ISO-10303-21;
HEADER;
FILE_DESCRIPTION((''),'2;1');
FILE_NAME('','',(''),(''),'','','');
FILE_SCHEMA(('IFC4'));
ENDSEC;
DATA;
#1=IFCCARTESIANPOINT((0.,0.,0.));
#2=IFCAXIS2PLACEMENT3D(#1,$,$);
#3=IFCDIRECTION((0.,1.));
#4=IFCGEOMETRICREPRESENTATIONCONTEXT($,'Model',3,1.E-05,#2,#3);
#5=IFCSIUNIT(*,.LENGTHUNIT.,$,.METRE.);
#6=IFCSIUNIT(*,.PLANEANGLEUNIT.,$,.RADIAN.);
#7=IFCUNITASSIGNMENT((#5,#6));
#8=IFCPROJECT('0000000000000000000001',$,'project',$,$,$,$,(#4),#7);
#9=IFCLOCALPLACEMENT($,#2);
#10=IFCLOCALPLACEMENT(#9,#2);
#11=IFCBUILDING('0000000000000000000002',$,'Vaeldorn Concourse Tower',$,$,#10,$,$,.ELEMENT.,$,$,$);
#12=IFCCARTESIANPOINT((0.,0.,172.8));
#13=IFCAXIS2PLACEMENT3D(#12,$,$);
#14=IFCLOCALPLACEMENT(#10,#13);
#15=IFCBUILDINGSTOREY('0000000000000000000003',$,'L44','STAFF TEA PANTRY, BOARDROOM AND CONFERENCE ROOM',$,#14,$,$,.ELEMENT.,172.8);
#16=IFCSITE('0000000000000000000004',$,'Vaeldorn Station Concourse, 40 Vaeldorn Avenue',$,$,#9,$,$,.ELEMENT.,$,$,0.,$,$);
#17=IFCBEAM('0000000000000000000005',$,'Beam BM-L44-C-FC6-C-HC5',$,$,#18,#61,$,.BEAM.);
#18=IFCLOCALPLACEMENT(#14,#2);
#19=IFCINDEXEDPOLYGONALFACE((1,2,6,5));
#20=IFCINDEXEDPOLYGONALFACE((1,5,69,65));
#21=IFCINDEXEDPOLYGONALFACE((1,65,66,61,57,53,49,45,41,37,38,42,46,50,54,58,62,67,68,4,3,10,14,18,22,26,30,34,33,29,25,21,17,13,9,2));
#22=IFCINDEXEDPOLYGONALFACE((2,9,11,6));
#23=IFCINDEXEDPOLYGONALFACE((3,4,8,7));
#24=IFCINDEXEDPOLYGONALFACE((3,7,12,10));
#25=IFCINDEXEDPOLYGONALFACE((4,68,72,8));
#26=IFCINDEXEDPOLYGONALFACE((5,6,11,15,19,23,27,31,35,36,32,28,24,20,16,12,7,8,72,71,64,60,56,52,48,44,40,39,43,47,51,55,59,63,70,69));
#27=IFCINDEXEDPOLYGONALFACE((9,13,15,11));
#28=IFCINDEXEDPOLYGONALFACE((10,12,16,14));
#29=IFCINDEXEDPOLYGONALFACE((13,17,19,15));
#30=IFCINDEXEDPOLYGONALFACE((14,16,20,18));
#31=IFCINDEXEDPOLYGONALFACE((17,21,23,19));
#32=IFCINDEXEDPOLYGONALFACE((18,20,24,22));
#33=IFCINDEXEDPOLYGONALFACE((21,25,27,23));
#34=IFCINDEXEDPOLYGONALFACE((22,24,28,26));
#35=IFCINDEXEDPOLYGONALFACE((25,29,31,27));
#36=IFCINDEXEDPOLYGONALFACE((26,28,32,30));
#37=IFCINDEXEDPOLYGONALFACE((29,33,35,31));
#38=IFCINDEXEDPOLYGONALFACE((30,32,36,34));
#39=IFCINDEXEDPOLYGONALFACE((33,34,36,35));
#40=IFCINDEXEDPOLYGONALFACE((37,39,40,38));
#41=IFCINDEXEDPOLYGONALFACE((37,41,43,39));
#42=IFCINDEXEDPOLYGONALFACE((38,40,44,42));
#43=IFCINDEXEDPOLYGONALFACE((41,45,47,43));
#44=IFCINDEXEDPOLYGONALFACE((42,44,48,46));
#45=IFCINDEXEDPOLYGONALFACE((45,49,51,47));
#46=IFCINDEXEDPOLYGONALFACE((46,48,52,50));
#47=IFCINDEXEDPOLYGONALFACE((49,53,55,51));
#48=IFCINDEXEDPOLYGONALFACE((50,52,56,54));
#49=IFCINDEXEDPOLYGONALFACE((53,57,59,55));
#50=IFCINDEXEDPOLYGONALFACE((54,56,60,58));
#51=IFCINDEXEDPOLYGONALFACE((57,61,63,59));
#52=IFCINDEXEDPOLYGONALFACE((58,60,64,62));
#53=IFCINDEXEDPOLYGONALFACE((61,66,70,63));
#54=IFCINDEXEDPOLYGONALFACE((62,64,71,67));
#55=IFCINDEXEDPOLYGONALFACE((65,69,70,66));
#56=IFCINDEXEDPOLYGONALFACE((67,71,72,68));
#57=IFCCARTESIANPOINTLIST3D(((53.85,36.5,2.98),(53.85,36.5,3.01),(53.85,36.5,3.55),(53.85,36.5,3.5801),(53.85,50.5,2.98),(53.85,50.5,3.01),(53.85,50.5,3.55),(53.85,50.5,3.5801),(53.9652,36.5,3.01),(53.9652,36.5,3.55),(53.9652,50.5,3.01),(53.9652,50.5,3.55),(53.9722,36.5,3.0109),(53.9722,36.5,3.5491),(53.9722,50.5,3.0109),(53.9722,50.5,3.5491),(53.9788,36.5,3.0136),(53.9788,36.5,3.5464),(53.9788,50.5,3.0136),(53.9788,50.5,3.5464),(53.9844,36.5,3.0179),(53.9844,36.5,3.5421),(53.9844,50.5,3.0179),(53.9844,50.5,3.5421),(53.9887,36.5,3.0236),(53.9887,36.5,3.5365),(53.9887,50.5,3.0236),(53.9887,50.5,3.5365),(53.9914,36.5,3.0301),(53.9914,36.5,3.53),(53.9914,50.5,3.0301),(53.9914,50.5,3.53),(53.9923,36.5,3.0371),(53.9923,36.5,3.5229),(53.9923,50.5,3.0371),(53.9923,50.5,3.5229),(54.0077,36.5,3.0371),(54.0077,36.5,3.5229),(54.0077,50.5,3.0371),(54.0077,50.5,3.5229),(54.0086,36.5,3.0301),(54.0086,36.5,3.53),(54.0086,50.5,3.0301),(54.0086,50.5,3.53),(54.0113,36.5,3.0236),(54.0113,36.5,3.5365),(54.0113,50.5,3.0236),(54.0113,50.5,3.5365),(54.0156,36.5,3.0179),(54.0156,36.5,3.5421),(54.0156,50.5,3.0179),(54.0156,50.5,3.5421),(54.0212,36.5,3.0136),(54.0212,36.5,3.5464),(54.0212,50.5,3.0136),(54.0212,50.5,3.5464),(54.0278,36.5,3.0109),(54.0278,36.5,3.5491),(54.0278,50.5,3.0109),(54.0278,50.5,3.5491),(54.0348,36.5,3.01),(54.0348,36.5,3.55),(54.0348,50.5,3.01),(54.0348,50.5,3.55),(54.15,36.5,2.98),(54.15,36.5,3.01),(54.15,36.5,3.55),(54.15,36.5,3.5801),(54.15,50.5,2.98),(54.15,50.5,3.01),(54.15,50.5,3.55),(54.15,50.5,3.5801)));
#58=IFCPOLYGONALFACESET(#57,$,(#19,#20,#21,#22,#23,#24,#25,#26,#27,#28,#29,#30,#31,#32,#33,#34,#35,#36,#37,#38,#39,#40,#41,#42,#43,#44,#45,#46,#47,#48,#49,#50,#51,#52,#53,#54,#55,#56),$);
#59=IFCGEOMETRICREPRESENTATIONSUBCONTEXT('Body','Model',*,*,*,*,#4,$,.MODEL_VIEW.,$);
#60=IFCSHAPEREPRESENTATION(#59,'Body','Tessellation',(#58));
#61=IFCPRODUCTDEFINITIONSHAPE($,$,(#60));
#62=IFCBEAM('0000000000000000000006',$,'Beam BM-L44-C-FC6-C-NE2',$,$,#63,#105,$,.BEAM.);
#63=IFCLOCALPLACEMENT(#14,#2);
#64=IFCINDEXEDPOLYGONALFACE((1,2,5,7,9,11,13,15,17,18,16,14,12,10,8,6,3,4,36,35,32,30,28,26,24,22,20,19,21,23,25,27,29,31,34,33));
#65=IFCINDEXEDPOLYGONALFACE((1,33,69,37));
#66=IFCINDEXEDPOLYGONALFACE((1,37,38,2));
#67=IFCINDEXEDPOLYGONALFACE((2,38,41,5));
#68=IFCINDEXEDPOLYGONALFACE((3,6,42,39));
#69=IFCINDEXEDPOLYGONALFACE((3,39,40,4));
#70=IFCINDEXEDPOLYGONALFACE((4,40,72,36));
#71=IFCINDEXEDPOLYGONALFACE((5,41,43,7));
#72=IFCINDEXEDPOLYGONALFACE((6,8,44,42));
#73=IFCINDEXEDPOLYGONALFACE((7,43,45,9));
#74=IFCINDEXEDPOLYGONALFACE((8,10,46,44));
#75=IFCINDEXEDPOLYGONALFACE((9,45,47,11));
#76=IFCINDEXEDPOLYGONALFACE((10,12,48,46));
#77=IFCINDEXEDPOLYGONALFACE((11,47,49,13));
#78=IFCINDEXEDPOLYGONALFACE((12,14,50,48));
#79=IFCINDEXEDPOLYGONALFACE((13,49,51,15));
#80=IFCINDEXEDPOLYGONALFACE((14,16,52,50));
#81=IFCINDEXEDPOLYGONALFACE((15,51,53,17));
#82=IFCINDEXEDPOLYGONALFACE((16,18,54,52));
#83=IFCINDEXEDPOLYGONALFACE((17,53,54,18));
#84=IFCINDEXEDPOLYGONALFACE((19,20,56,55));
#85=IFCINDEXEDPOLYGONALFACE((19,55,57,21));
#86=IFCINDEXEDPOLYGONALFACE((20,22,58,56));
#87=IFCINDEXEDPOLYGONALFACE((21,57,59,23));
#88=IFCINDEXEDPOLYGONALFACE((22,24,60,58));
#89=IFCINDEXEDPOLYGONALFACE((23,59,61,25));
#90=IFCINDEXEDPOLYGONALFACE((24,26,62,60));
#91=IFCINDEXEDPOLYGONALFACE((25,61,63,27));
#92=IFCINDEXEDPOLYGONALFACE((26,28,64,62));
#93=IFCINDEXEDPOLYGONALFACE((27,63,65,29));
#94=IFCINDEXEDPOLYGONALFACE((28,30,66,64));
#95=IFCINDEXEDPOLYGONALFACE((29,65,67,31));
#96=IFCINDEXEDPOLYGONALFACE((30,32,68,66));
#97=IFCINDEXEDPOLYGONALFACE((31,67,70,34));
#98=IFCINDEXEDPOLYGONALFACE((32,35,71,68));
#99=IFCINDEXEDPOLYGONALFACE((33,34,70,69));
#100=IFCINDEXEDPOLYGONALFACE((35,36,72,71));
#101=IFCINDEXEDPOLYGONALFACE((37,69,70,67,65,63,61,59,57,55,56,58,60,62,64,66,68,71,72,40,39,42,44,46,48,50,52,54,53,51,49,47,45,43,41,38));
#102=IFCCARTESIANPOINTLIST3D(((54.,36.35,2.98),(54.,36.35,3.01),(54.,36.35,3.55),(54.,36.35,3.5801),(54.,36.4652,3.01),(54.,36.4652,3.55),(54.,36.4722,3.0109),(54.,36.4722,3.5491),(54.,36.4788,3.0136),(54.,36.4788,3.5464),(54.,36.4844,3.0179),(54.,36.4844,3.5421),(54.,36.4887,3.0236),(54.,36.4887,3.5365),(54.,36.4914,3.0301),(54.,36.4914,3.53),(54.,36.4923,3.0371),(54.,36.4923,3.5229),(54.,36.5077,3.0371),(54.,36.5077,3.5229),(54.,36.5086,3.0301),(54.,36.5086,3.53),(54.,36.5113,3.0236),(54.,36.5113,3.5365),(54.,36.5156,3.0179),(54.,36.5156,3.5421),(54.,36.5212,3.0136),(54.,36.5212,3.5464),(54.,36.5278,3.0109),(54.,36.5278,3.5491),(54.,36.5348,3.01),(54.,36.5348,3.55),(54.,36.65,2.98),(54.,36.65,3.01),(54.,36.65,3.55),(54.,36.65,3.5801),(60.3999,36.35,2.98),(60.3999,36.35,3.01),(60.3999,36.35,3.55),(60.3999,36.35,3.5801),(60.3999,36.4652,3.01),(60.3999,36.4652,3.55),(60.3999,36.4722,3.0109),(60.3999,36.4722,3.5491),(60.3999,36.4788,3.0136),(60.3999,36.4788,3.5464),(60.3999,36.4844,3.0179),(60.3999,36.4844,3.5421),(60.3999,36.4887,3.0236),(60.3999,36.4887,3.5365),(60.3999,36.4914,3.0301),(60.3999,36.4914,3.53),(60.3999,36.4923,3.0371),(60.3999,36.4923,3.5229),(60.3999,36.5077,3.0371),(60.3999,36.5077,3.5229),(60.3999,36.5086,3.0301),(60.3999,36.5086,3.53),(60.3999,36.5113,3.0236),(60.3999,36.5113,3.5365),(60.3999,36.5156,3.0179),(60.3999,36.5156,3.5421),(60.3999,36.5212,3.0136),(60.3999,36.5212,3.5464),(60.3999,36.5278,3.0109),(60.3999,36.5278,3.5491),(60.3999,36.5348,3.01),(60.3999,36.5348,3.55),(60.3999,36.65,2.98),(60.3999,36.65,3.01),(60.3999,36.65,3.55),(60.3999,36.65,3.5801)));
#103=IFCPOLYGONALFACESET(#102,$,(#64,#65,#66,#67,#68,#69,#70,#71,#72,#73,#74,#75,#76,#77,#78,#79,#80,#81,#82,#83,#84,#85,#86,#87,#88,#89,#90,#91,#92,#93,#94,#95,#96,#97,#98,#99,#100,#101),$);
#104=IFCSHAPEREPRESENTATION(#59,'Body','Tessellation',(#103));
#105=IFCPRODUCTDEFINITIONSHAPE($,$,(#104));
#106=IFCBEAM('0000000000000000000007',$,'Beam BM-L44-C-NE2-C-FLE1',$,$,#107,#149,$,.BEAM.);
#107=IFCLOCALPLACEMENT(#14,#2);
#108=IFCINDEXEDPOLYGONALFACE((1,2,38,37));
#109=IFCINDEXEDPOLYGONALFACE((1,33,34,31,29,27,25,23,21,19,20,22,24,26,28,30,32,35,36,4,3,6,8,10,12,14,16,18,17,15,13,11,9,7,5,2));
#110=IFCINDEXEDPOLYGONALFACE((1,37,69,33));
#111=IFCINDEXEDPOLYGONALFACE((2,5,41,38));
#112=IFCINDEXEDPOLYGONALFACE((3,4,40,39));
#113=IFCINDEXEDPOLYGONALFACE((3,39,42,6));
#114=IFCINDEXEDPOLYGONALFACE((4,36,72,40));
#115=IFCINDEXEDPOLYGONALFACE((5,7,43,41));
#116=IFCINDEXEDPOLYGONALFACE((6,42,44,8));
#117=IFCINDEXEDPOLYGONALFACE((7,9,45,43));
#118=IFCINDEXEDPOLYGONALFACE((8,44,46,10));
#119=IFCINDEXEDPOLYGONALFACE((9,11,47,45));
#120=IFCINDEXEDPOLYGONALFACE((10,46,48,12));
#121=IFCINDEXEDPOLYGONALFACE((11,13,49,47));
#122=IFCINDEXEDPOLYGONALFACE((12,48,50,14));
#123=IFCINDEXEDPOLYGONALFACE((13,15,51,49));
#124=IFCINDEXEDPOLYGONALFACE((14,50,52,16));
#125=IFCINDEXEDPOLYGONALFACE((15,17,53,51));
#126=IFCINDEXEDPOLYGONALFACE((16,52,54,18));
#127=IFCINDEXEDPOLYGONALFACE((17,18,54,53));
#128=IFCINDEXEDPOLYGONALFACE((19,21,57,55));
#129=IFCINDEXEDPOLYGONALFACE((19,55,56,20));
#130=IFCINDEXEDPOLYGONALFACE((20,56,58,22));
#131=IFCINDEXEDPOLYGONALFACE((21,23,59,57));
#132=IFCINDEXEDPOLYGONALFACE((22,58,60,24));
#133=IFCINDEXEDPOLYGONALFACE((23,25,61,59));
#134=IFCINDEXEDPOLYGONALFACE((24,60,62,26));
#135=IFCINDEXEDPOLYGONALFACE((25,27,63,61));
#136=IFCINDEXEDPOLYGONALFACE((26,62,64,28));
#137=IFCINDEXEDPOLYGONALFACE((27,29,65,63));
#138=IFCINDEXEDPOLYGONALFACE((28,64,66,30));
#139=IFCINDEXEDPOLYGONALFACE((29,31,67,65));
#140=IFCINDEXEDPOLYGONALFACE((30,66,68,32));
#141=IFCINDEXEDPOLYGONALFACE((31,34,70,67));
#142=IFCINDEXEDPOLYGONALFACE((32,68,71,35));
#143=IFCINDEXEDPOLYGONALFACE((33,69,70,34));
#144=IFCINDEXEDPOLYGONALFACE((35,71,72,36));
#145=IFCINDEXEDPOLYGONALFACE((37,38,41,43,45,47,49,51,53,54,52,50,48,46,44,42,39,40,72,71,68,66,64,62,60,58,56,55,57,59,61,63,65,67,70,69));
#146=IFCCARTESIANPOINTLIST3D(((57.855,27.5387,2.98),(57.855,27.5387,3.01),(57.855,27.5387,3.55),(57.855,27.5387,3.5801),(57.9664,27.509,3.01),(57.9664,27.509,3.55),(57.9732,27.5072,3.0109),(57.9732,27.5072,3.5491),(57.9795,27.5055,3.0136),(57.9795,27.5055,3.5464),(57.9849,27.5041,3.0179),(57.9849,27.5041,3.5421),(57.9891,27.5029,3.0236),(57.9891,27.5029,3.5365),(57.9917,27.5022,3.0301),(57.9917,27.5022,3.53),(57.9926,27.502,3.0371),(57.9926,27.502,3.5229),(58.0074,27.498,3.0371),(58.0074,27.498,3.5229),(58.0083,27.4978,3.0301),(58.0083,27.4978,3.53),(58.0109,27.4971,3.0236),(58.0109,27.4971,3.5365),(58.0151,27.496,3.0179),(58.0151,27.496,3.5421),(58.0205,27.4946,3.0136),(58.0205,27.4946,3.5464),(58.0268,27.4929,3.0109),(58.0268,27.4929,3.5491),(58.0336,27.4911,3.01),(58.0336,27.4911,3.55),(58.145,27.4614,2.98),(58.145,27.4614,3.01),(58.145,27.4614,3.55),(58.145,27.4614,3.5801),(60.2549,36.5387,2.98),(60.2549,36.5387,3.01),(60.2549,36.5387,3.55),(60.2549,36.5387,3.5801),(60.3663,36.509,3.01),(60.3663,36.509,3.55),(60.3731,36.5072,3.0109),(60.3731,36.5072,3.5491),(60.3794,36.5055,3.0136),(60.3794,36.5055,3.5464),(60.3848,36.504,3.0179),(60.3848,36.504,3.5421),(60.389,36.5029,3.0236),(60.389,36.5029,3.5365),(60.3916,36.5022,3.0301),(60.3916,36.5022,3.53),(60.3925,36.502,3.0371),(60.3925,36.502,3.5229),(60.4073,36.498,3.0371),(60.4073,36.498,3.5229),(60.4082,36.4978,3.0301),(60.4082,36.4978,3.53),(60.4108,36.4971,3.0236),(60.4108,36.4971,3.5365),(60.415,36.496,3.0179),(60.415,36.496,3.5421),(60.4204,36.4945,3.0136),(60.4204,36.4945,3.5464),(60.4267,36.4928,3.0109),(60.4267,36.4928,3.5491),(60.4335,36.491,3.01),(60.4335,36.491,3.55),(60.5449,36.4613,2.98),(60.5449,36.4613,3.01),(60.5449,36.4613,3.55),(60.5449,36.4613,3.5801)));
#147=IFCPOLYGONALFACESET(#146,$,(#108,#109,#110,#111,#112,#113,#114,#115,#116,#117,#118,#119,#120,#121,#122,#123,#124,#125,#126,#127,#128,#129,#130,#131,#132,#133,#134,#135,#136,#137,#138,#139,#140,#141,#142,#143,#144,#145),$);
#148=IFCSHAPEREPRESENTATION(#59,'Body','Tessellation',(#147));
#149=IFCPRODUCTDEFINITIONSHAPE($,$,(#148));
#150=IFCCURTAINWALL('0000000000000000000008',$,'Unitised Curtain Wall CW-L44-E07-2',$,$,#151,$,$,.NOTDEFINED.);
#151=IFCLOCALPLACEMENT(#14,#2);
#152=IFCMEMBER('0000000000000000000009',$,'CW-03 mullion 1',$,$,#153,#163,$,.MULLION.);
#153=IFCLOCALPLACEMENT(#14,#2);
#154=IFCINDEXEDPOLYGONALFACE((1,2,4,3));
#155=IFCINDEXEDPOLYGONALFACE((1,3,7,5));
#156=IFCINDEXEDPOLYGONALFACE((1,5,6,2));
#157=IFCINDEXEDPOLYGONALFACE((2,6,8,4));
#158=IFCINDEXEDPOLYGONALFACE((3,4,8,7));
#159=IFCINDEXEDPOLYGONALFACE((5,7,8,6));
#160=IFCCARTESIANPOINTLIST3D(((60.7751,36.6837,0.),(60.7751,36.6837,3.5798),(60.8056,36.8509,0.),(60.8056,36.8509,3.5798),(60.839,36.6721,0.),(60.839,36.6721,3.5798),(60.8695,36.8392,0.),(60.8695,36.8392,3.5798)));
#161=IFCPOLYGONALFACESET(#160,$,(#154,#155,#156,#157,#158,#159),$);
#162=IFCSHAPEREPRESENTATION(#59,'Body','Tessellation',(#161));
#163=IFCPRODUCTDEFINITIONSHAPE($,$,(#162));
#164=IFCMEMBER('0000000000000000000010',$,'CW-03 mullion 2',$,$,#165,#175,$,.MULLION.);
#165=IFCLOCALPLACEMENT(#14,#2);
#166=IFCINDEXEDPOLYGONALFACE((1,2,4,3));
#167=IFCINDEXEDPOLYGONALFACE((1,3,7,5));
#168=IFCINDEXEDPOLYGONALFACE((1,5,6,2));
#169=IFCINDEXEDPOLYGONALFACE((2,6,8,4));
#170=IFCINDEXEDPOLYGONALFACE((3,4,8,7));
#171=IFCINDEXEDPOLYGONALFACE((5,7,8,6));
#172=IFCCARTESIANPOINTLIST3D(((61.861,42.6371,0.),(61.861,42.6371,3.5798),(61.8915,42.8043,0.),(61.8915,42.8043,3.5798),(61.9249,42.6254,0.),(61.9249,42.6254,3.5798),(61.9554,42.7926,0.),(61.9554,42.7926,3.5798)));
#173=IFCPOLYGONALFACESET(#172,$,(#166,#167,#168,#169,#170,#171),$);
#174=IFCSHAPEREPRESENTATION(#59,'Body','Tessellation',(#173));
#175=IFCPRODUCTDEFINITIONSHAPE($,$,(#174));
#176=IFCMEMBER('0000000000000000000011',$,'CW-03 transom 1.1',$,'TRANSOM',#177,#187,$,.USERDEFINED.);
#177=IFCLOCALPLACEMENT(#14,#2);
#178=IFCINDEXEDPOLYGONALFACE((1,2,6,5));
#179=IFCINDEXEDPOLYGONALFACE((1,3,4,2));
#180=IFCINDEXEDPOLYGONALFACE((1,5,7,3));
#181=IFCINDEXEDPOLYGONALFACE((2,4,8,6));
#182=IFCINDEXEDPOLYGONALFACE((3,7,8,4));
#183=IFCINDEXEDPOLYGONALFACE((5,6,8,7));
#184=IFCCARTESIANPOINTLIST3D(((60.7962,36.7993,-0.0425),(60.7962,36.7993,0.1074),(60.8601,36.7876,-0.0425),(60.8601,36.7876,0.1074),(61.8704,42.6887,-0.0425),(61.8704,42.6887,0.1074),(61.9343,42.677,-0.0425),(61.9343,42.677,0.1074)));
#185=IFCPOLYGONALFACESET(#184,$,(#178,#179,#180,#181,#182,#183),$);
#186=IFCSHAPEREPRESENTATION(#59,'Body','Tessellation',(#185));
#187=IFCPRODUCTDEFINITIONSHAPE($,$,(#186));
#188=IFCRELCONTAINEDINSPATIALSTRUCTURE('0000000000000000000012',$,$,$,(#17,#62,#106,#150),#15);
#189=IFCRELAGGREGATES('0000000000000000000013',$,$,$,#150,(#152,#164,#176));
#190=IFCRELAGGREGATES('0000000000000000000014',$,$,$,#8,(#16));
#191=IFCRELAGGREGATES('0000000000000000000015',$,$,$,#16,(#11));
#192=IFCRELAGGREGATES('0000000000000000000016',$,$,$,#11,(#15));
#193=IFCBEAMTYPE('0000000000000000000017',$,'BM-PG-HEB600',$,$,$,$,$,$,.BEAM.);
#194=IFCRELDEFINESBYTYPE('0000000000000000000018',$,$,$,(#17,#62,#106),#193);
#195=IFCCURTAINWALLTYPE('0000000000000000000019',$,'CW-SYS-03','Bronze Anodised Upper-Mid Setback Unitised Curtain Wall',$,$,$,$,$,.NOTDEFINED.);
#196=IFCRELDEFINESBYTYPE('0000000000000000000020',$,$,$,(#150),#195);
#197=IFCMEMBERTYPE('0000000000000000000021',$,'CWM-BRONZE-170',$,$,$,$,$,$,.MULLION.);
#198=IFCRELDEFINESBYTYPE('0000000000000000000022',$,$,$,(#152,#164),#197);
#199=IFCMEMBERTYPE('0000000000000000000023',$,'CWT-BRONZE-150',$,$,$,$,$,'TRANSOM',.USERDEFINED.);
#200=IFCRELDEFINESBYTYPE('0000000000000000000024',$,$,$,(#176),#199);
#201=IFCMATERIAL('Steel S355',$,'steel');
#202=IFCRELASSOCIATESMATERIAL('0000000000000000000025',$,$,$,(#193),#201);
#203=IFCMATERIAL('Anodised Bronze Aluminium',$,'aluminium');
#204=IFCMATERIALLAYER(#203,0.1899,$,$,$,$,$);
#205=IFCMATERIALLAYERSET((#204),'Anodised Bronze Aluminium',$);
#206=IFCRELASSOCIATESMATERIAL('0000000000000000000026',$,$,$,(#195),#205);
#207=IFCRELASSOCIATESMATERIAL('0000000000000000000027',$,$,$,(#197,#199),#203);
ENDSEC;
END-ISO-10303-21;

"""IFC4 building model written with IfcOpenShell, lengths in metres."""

from ifc_helpers import new_model, si_unit, direction, frame, origin, origin_2d, place, context, subcontext, project, spatial, rectangle, i_section, extrude, source, transform, mapped, material, layer, layer_set, material_profile, profile_set, type_object, element, aggregate, save


model = new_model("IFC4")

# Units and contexts
model_context = context("Model", 3, precision=1e-05, world=origin(), true_north=direction((0.0, 1.0)))
body_context = subcontext(model_context, "Body", "Model", "MODEL_VIEW")
ifc_project = project(units=[si_unit("LENGTHUNIT", "METRE"), si_unit("PLANEANGLEUNIT", "RADIAN")], contexts=[model_context])

# Site, building, storey
site_placement = place(None, origin())
site = spatial("IfcSite", under=ifc_project, at=site_placement, Name="Vaeldorn Station Concourse, 40 Vaeldorn Avenue", CompositionType="ELEMENT", RefElevation=0.0)
building_placement = place(site_placement, origin())
building = spatial("IfcBuilding", under=site, at=building_placement, Name="Vaeldorn Concourse Tower", CompositionType="ELEMENT")
storey_placement = place(building_placement, frame((0.0, 0.0, 172.8)))
storey = spatial("IfcBuildingStorey", under=building, at=storey_placement, Name="L44", Description="STAFF TEA PANTRY, BOARDROOM AND CONFERENCE ROOM", CompositionType="ELEMENT", Elevation=172.8)

# Beams
ifc_material_1 = material(Name="Steel S355", Category="steel")
ifc_material_profile_1 = material_profile(ifc_material_1, i_section(OverallWidth=0.3, OverallDepth=0.6001, WebThickness=0.0154, FlangeThickness=0.03, FilletRadius=0.0271, at=origin_2d()), Name="HEB 600")
ifc_profile_set_1 = profile_set([ifc_material_profile_1], Name="Steel S355")
beam_type_1 = type_object("IfcBeamType", Name="BM-PG-HEB600", PredefinedType="BEAM", material=ifc_profile_set_1)
shared_shape_1 = source(origin(), body_context, "Body", "SweptSolid", [
    extrude(i_section(OverallWidth=0.3, OverallDepth=0.6001, WebThickness=0.0154, FlangeThickness=0.03, FilletRadius=0.0271, at=origin_2d()), origin(), (0.0, 0.0, 1.0), 14.0),
])
beam_1_placement = place(storey_placement, frame((54.0, 36.5, 3.28), z_axis=(0.0, 1.0, 0.0), x_axis=(-1.0, 0.0, 0.0)))
element("IfcBeam", 1, at=beam_1_placement, inside=storey, type_object=beam_type_1, Name="Beam BM-L44-C-FC6-C-HC5", PredefinedType="BEAM", context=body_context, shape_type="MappedRepresentation", body=[
    mapped(shared_shape_1, transform((0.0, 0.0, 0.0), scale=1.0)),
])
shared_shape_2 = source(origin(), body_context, "Body", "SweptSolid", [
    extrude(i_section(OverallWidth=0.3, OverallDepth=0.6001, WebThickness=0.0154, FlangeThickness=0.03, FilletRadius=0.0271, at=origin_2d()), origin(), (0.0, 0.0, 1.0), 6.3999),
])
beam_2_placement = place(storey_placement, frame((54.0, 36.5, 3.28), z_axis=(1.0, 0.0, 0.0), x_axis=(0.0, 1.0, 0.0)))
element("IfcBeam", 2, at=beam_2_placement, inside=storey, type_object=beam_type_1, Name="Beam BM-L44-C-FC6-C-NE2", PredefinedType="BEAM", context=body_context, shape_type="MappedRepresentation", body=[
    mapped(shared_shape_2, transform((0.0, 0.0, 0.0), scale=1.0)),
])
shared_shape_3 = source(origin(), body_context, "Body", "SweptSolid", [
    extrude(i_section(OverallWidth=0.3, OverallDepth=0.6001, WebThickness=0.0154, FlangeThickness=0.03, FilletRadius=0.0271, at=origin_2d()), origin(), (0.0, 0.0, 1.0), 9.3145),
])
beam_3_placement = place(storey_placement, frame((60.3999, 36.5, 3.28), z_axis=(-0.257653, -0.966238, 0.0), x_axis=(0.966238, -0.257653, 0.0)))
element("IfcBeam", 3, at=beam_3_placement, inside=storey, type_object=beam_type_1, Name="Beam BM-L44-C-NE2-C-FLE1", PredefinedType="BEAM", context=body_context, shape_type="MappedRepresentation", body=[
    mapped(shared_shape_3, transform((0.0, 0.0, 0.0), scale=1.0)),
])

# Curtain wall, members
ifc_material_2 = material(Name="Anodised Bronze Aluminium", Category="aluminium")
ifc_layer_1 = layer(ifc_material_2, 0.1899)
ifc_layer_set_1 = layer_set([ifc_layer_1], Name="Anodised Bronze Aluminium")
curtain_wall_type = type_object("IfcCurtainWallType", Name="CW-SYS-03", Description="Bronze Anodised Upper-Mid Setback Unitised Curtain Wall", PredefinedType="NOTDEFINED", material=ifc_layer_set_1)
curtain_wall_placement = place(storey_placement, origin())
curtain_wall = element("IfcCurtainWall", 4, at=curtain_wall_placement, inside=storey, type_object=curtain_wall_type, Name="Unitised Curtain Wall CW-L44-E07-2", PredefinedType="NOTDEFINED")
ifc_material_profile_2 = material_profile(ifc_material_2, rectangle(XDim=0.0649, YDim=0.1699, at=origin_2d()), Name="CWM 65x170")
ifc_profile_set_2 = profile_set([ifc_material_profile_2], Name="Anodised Bronze Aluminium")
member_type_1 = type_object("IfcMemberType", Name="CWM-BRONZE-170", PredefinedType="MULLION", material=ifc_profile_set_2)
shared_shape_4 = source(origin(), body_context, "Body", "SweptSolid", [
    extrude(rectangle(XDim=0.0649, YDim=0.1699, at=origin_2d()), origin(), (0.0, 0.0, 1.0), 3.5798),
])
member_1_placement = place(storey_placement, frame((60.8223, 36.7615, 0.0), z_axis=(0.0, 0.0, 1.0), x_axis=(-0.983768, 0.179447, 0.0)))
member_1 = element("IfcMember", 5, at=member_1_placement, type_object=member_type_1, Name="CW-03 mullion 1", PredefinedType="MULLION", context=body_context, shape_type="MappedRepresentation", body=[
    mapped(shared_shape_4, transform((0.0, 0.0, 0.0), scale=1.0)),
])
member_2_placement = place(storey_placement, frame((61.9082, 42.7148, 0.0), z_axis=(0.0, 0.0, 1.0), x_axis=(-0.983768, 0.179447, 0.0)))
member_2 = element("IfcMember", 6, at=member_2_placement, type_object=member_type_1, Name="CW-03 mullion 2", PredefinedType="MULLION", context=body_context, shape_type="MappedRepresentation", body=[
    mapped(shared_shape_4, transform((0.0, 0.0, 0.0), scale=1.0)),
])
ifc_material_profile_3 = material_profile(ifc_material_2, rectangle(XDim=0.0649, YDim=0.1499, at=origin_2d()), Name="CWT 65x150")
ifc_profile_set_3 = profile_set([ifc_material_profile_3], Name="Anodised Bronze Aluminium")
member_type_2 = type_object("IfcMemberType", Name="CWT-BRONZE-150", ElementType="TRANSOM", PredefinedType="USERDEFINED", material=ifc_profile_set_3)
shared_shape_5 = source(origin(), body_context, "Body", "SweptSolid", [
    extrude(rectangle(XDim=0.0649, YDim=0.1499, at=origin_2d()), origin(), (0.0, 0.0, 1.0), 5.9866),
])
member_3_placement = place(storey_placement, frame((60.8281, 36.7935, 0.0325), z_axis=(0.179438, 0.983769, 0.0), x_axis=(-0.983769, 0.179438, 0.0)))
member_3 = element("IfcMember", 7, at=member_3_placement, type_object=member_type_2, Name="CW-03 transom 1.1", ObjectType="TRANSOM", PredefinedType="USERDEFINED", context=body_context, shape_type="MappedRepresentation", body=[
    mapped(shared_shape_5, transform((0.0, 0.0, 0.0), scale=1.0)),
])
aggregate(curtain_wall, [member_1, member_2, member_3])

save(model, "model.ifc")
